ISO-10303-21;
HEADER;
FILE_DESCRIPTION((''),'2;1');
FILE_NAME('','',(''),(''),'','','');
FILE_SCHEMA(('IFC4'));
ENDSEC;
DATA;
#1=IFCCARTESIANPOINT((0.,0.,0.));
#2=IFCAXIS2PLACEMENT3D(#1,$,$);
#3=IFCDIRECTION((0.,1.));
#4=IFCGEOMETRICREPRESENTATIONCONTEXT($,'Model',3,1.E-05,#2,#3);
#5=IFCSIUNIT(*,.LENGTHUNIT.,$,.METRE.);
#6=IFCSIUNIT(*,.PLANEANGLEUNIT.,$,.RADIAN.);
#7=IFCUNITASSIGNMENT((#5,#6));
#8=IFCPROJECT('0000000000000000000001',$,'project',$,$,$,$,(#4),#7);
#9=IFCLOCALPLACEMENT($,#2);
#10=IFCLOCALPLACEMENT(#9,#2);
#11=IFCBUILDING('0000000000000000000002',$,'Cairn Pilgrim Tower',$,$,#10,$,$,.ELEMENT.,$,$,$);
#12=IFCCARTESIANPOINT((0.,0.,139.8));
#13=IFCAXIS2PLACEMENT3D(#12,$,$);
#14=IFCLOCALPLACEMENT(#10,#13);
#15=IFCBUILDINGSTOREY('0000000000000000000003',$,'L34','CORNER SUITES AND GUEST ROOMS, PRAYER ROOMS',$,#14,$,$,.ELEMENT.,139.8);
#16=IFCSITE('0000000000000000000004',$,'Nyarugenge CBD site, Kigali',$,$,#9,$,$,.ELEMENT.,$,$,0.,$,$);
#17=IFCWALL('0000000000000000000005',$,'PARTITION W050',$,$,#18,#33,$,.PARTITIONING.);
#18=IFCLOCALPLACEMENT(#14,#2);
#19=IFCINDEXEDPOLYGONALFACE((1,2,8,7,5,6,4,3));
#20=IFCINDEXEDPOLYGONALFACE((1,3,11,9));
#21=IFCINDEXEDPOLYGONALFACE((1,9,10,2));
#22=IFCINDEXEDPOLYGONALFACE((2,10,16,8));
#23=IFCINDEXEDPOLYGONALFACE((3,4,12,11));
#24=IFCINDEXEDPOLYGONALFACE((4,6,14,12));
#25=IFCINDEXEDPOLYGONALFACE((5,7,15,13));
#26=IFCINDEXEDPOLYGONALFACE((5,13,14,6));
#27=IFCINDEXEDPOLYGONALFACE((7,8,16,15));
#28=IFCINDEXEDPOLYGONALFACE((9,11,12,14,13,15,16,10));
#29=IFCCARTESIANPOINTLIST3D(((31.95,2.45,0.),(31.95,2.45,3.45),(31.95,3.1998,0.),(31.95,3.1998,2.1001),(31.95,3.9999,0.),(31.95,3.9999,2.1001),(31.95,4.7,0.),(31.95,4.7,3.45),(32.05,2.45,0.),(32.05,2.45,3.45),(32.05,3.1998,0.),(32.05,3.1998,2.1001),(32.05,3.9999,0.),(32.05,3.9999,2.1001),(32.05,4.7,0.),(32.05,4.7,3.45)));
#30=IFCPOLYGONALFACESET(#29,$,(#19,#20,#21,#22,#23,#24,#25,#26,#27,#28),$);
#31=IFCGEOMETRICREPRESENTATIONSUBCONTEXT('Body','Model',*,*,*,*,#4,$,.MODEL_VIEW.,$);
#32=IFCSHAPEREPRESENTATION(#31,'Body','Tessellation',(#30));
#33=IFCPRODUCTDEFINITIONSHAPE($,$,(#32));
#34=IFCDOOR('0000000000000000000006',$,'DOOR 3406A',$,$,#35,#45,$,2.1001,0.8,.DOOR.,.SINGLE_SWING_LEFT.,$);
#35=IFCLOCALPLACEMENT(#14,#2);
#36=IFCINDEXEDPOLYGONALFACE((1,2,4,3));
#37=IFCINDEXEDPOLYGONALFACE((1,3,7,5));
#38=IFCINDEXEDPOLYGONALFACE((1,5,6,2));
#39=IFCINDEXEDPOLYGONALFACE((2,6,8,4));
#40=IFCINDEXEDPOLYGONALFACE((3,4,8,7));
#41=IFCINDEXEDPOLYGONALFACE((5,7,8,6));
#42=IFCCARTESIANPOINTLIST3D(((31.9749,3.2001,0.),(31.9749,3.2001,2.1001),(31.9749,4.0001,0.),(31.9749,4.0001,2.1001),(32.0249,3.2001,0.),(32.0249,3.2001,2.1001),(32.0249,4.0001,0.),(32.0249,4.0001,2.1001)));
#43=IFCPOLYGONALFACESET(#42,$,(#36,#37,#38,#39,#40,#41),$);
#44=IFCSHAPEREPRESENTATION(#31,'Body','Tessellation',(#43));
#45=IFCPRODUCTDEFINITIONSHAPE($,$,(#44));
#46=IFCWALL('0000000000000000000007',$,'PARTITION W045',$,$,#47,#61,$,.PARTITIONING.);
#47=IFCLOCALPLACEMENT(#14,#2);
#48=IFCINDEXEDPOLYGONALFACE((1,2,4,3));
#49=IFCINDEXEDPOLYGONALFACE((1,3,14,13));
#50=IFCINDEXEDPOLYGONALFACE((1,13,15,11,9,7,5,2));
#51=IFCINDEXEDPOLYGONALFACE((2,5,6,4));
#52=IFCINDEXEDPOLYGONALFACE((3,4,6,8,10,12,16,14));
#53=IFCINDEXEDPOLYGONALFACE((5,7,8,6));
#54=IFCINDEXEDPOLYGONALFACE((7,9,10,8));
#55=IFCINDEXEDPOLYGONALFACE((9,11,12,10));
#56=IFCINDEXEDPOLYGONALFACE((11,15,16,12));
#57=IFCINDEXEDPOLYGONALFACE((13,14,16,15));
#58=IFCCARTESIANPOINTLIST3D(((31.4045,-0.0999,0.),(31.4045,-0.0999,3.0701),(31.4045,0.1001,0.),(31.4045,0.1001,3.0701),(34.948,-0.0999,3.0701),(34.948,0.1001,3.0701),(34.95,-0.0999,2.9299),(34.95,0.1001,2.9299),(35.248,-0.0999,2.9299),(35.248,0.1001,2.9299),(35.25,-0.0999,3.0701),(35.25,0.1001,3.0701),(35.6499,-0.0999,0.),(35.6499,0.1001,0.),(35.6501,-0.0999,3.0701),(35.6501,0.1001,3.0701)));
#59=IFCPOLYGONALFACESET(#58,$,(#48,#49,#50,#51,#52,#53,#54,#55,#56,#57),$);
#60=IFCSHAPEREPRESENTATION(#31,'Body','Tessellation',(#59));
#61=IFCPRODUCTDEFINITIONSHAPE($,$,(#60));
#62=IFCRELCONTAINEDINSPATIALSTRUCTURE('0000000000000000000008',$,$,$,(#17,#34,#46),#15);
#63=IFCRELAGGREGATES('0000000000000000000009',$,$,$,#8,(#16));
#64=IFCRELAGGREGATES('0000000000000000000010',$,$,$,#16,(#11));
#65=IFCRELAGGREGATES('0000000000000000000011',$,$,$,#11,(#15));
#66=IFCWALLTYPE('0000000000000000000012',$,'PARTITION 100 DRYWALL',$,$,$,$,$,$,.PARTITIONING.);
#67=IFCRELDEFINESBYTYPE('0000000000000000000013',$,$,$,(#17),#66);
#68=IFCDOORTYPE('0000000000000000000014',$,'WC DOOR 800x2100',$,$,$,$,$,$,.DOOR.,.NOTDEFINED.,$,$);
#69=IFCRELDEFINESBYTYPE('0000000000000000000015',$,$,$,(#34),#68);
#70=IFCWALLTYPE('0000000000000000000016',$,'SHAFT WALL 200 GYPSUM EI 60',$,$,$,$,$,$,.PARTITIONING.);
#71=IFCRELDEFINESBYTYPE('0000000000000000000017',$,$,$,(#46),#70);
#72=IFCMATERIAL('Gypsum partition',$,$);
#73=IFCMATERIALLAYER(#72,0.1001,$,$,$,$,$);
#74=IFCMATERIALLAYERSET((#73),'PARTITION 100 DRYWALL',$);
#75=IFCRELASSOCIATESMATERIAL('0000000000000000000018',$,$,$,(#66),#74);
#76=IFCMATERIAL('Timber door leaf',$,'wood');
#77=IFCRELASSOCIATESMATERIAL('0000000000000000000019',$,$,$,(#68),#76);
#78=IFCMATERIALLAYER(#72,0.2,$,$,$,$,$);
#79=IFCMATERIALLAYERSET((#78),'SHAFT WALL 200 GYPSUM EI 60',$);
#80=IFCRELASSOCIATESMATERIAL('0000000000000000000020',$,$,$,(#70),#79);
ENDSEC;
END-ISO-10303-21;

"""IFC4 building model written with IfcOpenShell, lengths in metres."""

from ifc_helpers import new_model, si_unit, direction, frame, frame_2d, origin, place, context, subcontext, project, spatial, polyline, rectangle, outline, extrude, material, layer, layer_set, type_object, element, fill, save


model = new_model("IFC4")

# Units and contexts
model_context = context("Model", 3, precision=1e-05, world=origin(), true_north=direction((0.0, 1.0)))
body_context = subcontext(model_context, "Body", "Model", "MODEL_VIEW")
ifc_project = project(units=[si_unit("LENGTHUNIT", "METRE"), si_unit("PLANEANGLEUNIT", "RADIAN")], contexts=[model_context])

# Site, building, storey
site_placement = place(None, origin())
site = spatial("IfcSite", under=ifc_project, at=site_placement, Name="Nyarugenge CBD site, Kigali", CompositionType="ELEMENT", RefElevation=0.0)
building_placement = place(site_placement, origin())
building = spatial("IfcBuilding", under=site, at=building_placement, Name="Cairn Pilgrim Tower", CompositionType="ELEMENT")
storey_placement = place(building_placement, frame((0.0, 0.0, 139.8)))
storey = spatial("IfcBuildingStorey", under=building, at=storey_placement, Name="L34", Description="CORNER SUITES AND GUEST ROOMS, PRAYER ROOMS", CompositionType="ELEMENT", Elevation=139.8)

# Wall, opening, door
ifc_material_1 = material(Name="Gypsum partition")
ifc_layer_1 = layer(ifc_material_1, 0.1001)
ifc_layer_set_1 = layer_set([ifc_layer_1], Name="PARTITION 100 DRYWALL")
wall_type_1 = type_object("IfcWallType", Name="PARTITION 100 DRYWALL", PredefinedType="PARTITIONING", material=ifc_layer_set_1)
ifc_material_2 = material(Name="Timber door leaf", Category="wood")
door_type_1 = type_object("IfcDoorType", Name="WC DOOR 800x2100", OperationType="NOTDEFINED", PredefinedType="DOOR", material=ifc_material_2)
wall_1_placement = place(storey_placement, frame((32.0, 2.45, 0.0), z_axis=(0.0, 0.0, 1.0), x_axis=(0.0, 1.0, 0.0)))
wall_1 = element("IfcWall", 1, at=wall_1_placement, inside=storey, type_object=wall_type_1, Name="PARTITION W050", PredefinedType="PARTITIONING", context=body_context, shape_type="SweptSolid", body=[
    extrude(rectangle(XDim=2.25, YDim=0.1001, at=frame_2d((1.125, 0.0))), origin(), (0.0, 0.0, 1.0), 3.45),
])
opening_1_placement = place(wall_1_placement, frame((0.75, 0.0, 0.0)))
opening_1 = element("IfcOpeningElement", 2, at=opening_1_placement, cuts=wall_1, PredefinedType="OPENING", context=body_context, shape_type="SweptSolid", body=[
    extrude(rectangle(XDim=0.8, YDim=2.1001, at=frame_2d((0.3999, 1.05))), frame((0.0, 0.0601, 0.0), z_axis=(0.0, -1.0, 0.0), x_axis=(1.0, 0.0, 0.0)), (0.0, 0.0, 1.0), 0.1201),
])
door_1_placement = place(opening_1_placement, frame((0.8, 0.0, 0.0), z_axis=(0.0, 0.0, 1.0), x_axis=(-1.0, 0.0, 0.0)))
door_1 = element("IfcDoor", 3, at=door_1_placement, inside=storey, type_object=door_type_1, Name="DOOR 3406A", OperationType="SINGLE_SWING_LEFT", OverallHeight=2.1001, OverallWidth=0.8, PredefinedType="DOOR", context=body_context, shape_type="SweptSolid", body=[
    extrude(rectangle(XDim=0.8, YDim=2.1001, at=frame_2d((0.3999, 1.05))), frame((0.0, 0.0249, 0.0), z_axis=(0.0, -1.0, 0.0), x_axis=(1.0, 0.0, 0.0)), (0.0, 0.0, 1.0), 0.05),
])
fill(opening_1, door_1)

# Wall
ifc_layer_2 = layer(ifc_material_1, 0.2)
ifc_layer_set_2 = layer_set([ifc_layer_2], Name="SHAFT WALL 200 GYPSUM EI 60")
wall_type_2 = type_object("IfcWallType", Name="SHAFT WALL 200 GYPSUM EI 60", PredefinedType="PARTITIONING", material=ifc_layer_set_2)
wall_2_placement = place(storey_placement, frame((31.4045, 0.0, 0.0), z_axis=(0.0, 0.0, 1.0), x_axis=(1.0, 0.0, 0.0)))
element("IfcWall", 4, at=wall_2_placement, inside=storey, type_object=wall_type_2, Name="PARTITION W045", PredefinedType="PARTITIONING", context=body_context, shape_type="SweptSolid", body=[
    extrude(outline(polyline([(0.0, 0.0), (4.2454, 0.0), (4.2456, 3.0701), (3.8455, 3.0701), (3.8435, 2.9299), (3.5454, 2.9299), (3.5435, 3.0701), (0.0, 3.0701), (0.0, 0.0)])), frame((0.0, 0.1001, 0.0), z_axis=(0.0, -1.0, 0.0), x_axis=(1.0, 0.0, 0.0)), (0.0, 0.0, 1.0), 0.2),
])

save(model, "model.ifc")
